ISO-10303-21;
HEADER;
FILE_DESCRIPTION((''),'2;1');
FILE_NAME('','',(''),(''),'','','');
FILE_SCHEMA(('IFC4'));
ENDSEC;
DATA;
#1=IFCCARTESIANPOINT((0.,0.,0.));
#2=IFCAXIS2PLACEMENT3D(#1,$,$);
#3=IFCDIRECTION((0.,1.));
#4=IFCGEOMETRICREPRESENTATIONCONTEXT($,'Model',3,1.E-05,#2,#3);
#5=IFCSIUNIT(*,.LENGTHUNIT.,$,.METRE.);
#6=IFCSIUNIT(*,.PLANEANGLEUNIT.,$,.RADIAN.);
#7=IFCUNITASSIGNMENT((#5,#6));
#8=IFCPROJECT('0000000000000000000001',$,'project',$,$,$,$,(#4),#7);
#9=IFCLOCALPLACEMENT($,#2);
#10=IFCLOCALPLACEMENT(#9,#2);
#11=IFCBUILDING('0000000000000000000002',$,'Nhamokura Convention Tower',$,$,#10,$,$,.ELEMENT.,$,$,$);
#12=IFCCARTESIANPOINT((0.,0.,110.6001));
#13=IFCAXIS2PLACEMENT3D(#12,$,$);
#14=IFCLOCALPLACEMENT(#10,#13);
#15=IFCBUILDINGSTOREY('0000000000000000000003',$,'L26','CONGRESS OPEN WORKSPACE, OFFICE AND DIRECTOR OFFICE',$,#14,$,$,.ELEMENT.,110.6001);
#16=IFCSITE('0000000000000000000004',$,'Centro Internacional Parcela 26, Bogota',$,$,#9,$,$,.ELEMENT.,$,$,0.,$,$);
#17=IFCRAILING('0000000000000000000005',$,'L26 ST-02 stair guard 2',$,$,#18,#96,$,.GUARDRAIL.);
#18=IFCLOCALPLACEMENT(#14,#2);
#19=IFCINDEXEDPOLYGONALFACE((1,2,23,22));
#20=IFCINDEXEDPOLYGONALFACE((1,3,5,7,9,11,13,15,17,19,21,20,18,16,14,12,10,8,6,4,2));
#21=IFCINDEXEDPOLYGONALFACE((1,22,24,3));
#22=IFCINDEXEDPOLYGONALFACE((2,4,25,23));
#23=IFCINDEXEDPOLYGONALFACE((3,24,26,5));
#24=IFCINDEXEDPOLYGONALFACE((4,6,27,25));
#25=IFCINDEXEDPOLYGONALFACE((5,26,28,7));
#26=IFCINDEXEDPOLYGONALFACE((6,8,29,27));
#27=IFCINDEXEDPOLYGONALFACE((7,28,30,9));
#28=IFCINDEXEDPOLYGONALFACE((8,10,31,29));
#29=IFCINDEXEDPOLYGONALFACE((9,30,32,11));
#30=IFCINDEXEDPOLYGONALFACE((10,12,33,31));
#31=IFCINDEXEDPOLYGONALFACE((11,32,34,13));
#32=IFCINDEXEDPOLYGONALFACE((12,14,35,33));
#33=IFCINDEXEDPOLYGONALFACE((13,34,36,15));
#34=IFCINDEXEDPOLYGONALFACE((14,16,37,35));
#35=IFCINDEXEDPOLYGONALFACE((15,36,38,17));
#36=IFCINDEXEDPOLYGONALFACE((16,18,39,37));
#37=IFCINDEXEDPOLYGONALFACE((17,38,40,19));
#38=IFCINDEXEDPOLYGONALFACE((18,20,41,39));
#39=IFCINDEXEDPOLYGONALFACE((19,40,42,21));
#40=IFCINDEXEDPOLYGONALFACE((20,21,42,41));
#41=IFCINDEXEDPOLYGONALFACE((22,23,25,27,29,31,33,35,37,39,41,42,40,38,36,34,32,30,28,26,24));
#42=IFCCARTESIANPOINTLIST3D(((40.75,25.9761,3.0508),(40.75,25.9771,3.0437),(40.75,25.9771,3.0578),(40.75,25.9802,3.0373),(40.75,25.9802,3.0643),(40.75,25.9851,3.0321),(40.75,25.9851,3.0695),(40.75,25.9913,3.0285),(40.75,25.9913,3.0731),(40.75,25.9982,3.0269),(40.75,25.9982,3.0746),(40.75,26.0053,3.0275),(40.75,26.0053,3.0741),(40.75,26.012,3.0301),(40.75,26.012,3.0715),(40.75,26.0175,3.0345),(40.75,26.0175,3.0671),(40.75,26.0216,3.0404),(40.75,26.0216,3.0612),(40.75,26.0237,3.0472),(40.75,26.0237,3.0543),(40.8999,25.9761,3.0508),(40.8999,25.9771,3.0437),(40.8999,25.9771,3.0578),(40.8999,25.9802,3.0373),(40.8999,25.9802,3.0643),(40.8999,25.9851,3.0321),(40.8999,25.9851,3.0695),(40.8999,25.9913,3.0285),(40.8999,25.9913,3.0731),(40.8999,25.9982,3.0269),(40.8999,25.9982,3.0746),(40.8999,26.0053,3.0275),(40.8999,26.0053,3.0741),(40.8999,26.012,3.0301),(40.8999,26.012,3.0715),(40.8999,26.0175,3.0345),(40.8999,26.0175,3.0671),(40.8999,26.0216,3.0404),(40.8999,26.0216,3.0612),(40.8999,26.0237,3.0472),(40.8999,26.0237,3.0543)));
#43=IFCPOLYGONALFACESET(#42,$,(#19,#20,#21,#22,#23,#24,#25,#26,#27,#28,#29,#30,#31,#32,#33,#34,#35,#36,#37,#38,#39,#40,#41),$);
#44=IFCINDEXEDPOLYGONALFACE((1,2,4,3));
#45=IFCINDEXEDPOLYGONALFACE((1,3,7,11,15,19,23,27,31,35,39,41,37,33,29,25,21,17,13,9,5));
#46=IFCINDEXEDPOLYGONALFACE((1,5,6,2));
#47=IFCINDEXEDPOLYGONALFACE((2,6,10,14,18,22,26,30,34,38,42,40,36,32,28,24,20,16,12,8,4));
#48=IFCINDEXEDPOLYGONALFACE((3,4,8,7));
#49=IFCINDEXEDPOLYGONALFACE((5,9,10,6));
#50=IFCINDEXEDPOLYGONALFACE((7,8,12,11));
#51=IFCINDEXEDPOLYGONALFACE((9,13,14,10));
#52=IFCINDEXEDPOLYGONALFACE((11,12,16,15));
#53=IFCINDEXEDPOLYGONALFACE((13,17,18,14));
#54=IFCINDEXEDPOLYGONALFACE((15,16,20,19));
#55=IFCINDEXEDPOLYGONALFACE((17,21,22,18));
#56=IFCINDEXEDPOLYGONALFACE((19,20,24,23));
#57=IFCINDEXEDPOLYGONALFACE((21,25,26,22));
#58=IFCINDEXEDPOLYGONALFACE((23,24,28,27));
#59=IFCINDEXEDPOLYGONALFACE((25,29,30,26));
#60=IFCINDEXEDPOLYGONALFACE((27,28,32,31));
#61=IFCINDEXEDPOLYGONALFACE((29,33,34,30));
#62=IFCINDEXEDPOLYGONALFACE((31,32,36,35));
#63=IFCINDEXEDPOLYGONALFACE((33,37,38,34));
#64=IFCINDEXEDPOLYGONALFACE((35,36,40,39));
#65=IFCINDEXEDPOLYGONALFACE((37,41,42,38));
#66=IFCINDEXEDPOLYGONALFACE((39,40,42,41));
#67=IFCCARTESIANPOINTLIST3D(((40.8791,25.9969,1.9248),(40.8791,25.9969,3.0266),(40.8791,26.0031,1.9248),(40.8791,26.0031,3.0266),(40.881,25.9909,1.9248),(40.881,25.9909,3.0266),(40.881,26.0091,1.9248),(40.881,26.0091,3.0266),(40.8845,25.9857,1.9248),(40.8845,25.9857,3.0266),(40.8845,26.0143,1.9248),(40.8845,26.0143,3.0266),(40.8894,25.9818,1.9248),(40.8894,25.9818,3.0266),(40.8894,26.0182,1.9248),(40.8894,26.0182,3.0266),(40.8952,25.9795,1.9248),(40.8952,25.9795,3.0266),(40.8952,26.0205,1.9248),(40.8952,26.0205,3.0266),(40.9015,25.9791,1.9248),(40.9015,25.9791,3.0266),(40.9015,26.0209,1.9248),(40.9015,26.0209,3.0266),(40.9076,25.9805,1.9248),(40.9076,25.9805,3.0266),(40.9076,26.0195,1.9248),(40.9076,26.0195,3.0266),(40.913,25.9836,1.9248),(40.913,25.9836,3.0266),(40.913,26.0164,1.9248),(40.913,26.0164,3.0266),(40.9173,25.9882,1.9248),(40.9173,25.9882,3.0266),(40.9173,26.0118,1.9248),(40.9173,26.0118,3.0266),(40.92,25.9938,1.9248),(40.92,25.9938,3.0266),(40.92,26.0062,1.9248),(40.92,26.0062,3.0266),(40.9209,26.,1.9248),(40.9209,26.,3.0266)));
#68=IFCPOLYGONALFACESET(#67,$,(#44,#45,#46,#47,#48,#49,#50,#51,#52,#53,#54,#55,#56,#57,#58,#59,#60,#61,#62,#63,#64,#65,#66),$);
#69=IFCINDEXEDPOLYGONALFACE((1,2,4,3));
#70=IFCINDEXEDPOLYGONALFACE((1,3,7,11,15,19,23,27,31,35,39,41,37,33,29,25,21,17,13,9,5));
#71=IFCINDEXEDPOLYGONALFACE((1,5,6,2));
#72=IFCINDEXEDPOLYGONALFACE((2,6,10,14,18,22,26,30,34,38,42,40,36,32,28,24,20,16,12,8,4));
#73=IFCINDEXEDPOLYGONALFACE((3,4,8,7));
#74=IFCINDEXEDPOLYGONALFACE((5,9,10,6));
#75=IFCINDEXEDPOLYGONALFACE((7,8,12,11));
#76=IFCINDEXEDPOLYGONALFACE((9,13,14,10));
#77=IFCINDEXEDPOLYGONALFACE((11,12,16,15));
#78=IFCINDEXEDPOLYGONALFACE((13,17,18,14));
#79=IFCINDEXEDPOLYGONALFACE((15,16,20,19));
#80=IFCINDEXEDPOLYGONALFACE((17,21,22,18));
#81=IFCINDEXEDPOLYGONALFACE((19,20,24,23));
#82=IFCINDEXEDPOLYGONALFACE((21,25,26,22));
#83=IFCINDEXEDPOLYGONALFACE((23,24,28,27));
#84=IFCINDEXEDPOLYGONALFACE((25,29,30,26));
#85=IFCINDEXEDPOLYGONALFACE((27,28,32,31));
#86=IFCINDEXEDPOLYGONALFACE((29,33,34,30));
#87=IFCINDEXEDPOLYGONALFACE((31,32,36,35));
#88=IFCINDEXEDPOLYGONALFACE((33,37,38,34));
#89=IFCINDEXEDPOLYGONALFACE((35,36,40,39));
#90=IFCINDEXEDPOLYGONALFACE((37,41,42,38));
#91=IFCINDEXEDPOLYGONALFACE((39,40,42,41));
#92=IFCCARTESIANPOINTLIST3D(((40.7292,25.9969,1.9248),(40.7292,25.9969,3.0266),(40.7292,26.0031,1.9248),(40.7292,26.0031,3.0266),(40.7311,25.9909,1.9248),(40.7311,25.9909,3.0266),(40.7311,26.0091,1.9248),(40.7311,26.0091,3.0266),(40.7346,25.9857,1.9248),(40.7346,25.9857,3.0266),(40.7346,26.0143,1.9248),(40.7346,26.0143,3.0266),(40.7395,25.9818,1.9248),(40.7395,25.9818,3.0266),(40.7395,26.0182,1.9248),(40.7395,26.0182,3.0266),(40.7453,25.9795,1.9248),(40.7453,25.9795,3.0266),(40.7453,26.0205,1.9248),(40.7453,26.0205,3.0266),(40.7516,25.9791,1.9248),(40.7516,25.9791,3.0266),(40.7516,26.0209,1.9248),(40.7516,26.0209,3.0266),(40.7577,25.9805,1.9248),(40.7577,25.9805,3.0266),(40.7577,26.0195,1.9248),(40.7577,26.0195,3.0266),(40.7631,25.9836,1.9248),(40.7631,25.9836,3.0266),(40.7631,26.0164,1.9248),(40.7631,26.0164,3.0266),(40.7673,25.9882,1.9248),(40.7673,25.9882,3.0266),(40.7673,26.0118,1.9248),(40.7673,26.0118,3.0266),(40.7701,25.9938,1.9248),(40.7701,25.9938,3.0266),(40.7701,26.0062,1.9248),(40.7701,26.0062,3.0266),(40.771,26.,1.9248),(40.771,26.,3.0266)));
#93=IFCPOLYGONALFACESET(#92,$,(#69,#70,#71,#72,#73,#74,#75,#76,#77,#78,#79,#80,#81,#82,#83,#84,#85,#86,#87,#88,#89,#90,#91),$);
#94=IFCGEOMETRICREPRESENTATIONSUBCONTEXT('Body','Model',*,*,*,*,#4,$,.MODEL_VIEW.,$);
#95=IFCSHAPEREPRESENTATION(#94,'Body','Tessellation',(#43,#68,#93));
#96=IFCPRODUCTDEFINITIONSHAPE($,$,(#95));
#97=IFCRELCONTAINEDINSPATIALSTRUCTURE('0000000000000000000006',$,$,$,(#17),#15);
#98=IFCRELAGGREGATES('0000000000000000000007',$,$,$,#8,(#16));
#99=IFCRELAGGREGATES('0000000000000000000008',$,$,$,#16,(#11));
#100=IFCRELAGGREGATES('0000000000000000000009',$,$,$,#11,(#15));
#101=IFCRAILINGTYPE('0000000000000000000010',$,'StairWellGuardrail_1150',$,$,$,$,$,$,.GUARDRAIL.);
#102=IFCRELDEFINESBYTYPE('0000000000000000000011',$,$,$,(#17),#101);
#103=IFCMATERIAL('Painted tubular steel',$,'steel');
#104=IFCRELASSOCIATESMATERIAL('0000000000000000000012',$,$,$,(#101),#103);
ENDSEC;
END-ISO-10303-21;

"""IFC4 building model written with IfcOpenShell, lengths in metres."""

from ifc_helpers import new_model, si_unit, direction, frame, origin, origin_2d, place, context, subcontext, project, spatial, circle, extrude, material, type_object, element, save


model = new_model("IFC4")

# Units and contexts
model_context = context("Model", 3, precision=1e-05, world=origin(), true_north=direction((0.0, 1.0)))
body_context = subcontext(model_context, "Body", "Model", "MODEL_VIEW")
ifc_project = project(units=[si_unit("LENGTHUNIT", "METRE"), si_unit("PLANEANGLEUNIT", "RADIAN")], contexts=[model_context])

# Site, building, storey
site_placement = place(None, origin())
site = spatial("IfcSite", under=ifc_project, at=site_placement, Name="Centro Internacional Parcela 26, Bogota", CompositionType="ELEMENT", RefElevation=0.0)
building_placement = place(site_placement, origin())
building = spatial("IfcBuilding", under=site, at=building_placement, Name="Nhamokura Convention Tower", CompositionType="ELEMENT")
storey_placement = place(building_placement, frame((0.0, 0.0, 110.6001)))
storey = spatial("IfcBuildingStorey", under=building, at=storey_placement, Name="L26", Description="CONGRESS OPEN WORKSPACE, OFFICE AND DIRECTOR OFFICE", CompositionType="ELEMENT", Elevation=110.6001)

# Railing
ifc_material_1 = material(Name="Painted tubular steel", Category="steel")
railing_type_1 = type_object("IfcRailingType", Name="StairWellGuardrail_1150", PredefinedType="GUARDRAIL", material=ifc_material_1)
railing_1_placement = place(storey_placement, frame((40.8999, 26.0, 1.9248)))
element("IfcRailing", 1, at=railing_1_placement, inside=storey, type_object=railing_type_1, Name="L26 ST-02 stair guard 2", PredefinedType="GUARDRAIL", context=body_context, shape_type="SweptSolid", body=[
    extrude(circle(Radius=0.0239, at=origin_2d()), frame((0.0, 0.0, 1.126), z_axis=(-1.0, 0.0, 0.0), x_axis=(0.0, -1.0, 0.0)), (0.0, 0.0, 1.0), 0.1499),
    extrude(circle(Radius=0.021, at=origin_2d()), origin(), (0.0, 0.0, 1.0), 1.1018),
    extrude(circle(Radius=0.021, at=origin_2d()), frame((-0.1499, 0.0, 0.0)), (0.0, 0.0, 1.0), 1.1018),
])

save(model, "model.ifc")
